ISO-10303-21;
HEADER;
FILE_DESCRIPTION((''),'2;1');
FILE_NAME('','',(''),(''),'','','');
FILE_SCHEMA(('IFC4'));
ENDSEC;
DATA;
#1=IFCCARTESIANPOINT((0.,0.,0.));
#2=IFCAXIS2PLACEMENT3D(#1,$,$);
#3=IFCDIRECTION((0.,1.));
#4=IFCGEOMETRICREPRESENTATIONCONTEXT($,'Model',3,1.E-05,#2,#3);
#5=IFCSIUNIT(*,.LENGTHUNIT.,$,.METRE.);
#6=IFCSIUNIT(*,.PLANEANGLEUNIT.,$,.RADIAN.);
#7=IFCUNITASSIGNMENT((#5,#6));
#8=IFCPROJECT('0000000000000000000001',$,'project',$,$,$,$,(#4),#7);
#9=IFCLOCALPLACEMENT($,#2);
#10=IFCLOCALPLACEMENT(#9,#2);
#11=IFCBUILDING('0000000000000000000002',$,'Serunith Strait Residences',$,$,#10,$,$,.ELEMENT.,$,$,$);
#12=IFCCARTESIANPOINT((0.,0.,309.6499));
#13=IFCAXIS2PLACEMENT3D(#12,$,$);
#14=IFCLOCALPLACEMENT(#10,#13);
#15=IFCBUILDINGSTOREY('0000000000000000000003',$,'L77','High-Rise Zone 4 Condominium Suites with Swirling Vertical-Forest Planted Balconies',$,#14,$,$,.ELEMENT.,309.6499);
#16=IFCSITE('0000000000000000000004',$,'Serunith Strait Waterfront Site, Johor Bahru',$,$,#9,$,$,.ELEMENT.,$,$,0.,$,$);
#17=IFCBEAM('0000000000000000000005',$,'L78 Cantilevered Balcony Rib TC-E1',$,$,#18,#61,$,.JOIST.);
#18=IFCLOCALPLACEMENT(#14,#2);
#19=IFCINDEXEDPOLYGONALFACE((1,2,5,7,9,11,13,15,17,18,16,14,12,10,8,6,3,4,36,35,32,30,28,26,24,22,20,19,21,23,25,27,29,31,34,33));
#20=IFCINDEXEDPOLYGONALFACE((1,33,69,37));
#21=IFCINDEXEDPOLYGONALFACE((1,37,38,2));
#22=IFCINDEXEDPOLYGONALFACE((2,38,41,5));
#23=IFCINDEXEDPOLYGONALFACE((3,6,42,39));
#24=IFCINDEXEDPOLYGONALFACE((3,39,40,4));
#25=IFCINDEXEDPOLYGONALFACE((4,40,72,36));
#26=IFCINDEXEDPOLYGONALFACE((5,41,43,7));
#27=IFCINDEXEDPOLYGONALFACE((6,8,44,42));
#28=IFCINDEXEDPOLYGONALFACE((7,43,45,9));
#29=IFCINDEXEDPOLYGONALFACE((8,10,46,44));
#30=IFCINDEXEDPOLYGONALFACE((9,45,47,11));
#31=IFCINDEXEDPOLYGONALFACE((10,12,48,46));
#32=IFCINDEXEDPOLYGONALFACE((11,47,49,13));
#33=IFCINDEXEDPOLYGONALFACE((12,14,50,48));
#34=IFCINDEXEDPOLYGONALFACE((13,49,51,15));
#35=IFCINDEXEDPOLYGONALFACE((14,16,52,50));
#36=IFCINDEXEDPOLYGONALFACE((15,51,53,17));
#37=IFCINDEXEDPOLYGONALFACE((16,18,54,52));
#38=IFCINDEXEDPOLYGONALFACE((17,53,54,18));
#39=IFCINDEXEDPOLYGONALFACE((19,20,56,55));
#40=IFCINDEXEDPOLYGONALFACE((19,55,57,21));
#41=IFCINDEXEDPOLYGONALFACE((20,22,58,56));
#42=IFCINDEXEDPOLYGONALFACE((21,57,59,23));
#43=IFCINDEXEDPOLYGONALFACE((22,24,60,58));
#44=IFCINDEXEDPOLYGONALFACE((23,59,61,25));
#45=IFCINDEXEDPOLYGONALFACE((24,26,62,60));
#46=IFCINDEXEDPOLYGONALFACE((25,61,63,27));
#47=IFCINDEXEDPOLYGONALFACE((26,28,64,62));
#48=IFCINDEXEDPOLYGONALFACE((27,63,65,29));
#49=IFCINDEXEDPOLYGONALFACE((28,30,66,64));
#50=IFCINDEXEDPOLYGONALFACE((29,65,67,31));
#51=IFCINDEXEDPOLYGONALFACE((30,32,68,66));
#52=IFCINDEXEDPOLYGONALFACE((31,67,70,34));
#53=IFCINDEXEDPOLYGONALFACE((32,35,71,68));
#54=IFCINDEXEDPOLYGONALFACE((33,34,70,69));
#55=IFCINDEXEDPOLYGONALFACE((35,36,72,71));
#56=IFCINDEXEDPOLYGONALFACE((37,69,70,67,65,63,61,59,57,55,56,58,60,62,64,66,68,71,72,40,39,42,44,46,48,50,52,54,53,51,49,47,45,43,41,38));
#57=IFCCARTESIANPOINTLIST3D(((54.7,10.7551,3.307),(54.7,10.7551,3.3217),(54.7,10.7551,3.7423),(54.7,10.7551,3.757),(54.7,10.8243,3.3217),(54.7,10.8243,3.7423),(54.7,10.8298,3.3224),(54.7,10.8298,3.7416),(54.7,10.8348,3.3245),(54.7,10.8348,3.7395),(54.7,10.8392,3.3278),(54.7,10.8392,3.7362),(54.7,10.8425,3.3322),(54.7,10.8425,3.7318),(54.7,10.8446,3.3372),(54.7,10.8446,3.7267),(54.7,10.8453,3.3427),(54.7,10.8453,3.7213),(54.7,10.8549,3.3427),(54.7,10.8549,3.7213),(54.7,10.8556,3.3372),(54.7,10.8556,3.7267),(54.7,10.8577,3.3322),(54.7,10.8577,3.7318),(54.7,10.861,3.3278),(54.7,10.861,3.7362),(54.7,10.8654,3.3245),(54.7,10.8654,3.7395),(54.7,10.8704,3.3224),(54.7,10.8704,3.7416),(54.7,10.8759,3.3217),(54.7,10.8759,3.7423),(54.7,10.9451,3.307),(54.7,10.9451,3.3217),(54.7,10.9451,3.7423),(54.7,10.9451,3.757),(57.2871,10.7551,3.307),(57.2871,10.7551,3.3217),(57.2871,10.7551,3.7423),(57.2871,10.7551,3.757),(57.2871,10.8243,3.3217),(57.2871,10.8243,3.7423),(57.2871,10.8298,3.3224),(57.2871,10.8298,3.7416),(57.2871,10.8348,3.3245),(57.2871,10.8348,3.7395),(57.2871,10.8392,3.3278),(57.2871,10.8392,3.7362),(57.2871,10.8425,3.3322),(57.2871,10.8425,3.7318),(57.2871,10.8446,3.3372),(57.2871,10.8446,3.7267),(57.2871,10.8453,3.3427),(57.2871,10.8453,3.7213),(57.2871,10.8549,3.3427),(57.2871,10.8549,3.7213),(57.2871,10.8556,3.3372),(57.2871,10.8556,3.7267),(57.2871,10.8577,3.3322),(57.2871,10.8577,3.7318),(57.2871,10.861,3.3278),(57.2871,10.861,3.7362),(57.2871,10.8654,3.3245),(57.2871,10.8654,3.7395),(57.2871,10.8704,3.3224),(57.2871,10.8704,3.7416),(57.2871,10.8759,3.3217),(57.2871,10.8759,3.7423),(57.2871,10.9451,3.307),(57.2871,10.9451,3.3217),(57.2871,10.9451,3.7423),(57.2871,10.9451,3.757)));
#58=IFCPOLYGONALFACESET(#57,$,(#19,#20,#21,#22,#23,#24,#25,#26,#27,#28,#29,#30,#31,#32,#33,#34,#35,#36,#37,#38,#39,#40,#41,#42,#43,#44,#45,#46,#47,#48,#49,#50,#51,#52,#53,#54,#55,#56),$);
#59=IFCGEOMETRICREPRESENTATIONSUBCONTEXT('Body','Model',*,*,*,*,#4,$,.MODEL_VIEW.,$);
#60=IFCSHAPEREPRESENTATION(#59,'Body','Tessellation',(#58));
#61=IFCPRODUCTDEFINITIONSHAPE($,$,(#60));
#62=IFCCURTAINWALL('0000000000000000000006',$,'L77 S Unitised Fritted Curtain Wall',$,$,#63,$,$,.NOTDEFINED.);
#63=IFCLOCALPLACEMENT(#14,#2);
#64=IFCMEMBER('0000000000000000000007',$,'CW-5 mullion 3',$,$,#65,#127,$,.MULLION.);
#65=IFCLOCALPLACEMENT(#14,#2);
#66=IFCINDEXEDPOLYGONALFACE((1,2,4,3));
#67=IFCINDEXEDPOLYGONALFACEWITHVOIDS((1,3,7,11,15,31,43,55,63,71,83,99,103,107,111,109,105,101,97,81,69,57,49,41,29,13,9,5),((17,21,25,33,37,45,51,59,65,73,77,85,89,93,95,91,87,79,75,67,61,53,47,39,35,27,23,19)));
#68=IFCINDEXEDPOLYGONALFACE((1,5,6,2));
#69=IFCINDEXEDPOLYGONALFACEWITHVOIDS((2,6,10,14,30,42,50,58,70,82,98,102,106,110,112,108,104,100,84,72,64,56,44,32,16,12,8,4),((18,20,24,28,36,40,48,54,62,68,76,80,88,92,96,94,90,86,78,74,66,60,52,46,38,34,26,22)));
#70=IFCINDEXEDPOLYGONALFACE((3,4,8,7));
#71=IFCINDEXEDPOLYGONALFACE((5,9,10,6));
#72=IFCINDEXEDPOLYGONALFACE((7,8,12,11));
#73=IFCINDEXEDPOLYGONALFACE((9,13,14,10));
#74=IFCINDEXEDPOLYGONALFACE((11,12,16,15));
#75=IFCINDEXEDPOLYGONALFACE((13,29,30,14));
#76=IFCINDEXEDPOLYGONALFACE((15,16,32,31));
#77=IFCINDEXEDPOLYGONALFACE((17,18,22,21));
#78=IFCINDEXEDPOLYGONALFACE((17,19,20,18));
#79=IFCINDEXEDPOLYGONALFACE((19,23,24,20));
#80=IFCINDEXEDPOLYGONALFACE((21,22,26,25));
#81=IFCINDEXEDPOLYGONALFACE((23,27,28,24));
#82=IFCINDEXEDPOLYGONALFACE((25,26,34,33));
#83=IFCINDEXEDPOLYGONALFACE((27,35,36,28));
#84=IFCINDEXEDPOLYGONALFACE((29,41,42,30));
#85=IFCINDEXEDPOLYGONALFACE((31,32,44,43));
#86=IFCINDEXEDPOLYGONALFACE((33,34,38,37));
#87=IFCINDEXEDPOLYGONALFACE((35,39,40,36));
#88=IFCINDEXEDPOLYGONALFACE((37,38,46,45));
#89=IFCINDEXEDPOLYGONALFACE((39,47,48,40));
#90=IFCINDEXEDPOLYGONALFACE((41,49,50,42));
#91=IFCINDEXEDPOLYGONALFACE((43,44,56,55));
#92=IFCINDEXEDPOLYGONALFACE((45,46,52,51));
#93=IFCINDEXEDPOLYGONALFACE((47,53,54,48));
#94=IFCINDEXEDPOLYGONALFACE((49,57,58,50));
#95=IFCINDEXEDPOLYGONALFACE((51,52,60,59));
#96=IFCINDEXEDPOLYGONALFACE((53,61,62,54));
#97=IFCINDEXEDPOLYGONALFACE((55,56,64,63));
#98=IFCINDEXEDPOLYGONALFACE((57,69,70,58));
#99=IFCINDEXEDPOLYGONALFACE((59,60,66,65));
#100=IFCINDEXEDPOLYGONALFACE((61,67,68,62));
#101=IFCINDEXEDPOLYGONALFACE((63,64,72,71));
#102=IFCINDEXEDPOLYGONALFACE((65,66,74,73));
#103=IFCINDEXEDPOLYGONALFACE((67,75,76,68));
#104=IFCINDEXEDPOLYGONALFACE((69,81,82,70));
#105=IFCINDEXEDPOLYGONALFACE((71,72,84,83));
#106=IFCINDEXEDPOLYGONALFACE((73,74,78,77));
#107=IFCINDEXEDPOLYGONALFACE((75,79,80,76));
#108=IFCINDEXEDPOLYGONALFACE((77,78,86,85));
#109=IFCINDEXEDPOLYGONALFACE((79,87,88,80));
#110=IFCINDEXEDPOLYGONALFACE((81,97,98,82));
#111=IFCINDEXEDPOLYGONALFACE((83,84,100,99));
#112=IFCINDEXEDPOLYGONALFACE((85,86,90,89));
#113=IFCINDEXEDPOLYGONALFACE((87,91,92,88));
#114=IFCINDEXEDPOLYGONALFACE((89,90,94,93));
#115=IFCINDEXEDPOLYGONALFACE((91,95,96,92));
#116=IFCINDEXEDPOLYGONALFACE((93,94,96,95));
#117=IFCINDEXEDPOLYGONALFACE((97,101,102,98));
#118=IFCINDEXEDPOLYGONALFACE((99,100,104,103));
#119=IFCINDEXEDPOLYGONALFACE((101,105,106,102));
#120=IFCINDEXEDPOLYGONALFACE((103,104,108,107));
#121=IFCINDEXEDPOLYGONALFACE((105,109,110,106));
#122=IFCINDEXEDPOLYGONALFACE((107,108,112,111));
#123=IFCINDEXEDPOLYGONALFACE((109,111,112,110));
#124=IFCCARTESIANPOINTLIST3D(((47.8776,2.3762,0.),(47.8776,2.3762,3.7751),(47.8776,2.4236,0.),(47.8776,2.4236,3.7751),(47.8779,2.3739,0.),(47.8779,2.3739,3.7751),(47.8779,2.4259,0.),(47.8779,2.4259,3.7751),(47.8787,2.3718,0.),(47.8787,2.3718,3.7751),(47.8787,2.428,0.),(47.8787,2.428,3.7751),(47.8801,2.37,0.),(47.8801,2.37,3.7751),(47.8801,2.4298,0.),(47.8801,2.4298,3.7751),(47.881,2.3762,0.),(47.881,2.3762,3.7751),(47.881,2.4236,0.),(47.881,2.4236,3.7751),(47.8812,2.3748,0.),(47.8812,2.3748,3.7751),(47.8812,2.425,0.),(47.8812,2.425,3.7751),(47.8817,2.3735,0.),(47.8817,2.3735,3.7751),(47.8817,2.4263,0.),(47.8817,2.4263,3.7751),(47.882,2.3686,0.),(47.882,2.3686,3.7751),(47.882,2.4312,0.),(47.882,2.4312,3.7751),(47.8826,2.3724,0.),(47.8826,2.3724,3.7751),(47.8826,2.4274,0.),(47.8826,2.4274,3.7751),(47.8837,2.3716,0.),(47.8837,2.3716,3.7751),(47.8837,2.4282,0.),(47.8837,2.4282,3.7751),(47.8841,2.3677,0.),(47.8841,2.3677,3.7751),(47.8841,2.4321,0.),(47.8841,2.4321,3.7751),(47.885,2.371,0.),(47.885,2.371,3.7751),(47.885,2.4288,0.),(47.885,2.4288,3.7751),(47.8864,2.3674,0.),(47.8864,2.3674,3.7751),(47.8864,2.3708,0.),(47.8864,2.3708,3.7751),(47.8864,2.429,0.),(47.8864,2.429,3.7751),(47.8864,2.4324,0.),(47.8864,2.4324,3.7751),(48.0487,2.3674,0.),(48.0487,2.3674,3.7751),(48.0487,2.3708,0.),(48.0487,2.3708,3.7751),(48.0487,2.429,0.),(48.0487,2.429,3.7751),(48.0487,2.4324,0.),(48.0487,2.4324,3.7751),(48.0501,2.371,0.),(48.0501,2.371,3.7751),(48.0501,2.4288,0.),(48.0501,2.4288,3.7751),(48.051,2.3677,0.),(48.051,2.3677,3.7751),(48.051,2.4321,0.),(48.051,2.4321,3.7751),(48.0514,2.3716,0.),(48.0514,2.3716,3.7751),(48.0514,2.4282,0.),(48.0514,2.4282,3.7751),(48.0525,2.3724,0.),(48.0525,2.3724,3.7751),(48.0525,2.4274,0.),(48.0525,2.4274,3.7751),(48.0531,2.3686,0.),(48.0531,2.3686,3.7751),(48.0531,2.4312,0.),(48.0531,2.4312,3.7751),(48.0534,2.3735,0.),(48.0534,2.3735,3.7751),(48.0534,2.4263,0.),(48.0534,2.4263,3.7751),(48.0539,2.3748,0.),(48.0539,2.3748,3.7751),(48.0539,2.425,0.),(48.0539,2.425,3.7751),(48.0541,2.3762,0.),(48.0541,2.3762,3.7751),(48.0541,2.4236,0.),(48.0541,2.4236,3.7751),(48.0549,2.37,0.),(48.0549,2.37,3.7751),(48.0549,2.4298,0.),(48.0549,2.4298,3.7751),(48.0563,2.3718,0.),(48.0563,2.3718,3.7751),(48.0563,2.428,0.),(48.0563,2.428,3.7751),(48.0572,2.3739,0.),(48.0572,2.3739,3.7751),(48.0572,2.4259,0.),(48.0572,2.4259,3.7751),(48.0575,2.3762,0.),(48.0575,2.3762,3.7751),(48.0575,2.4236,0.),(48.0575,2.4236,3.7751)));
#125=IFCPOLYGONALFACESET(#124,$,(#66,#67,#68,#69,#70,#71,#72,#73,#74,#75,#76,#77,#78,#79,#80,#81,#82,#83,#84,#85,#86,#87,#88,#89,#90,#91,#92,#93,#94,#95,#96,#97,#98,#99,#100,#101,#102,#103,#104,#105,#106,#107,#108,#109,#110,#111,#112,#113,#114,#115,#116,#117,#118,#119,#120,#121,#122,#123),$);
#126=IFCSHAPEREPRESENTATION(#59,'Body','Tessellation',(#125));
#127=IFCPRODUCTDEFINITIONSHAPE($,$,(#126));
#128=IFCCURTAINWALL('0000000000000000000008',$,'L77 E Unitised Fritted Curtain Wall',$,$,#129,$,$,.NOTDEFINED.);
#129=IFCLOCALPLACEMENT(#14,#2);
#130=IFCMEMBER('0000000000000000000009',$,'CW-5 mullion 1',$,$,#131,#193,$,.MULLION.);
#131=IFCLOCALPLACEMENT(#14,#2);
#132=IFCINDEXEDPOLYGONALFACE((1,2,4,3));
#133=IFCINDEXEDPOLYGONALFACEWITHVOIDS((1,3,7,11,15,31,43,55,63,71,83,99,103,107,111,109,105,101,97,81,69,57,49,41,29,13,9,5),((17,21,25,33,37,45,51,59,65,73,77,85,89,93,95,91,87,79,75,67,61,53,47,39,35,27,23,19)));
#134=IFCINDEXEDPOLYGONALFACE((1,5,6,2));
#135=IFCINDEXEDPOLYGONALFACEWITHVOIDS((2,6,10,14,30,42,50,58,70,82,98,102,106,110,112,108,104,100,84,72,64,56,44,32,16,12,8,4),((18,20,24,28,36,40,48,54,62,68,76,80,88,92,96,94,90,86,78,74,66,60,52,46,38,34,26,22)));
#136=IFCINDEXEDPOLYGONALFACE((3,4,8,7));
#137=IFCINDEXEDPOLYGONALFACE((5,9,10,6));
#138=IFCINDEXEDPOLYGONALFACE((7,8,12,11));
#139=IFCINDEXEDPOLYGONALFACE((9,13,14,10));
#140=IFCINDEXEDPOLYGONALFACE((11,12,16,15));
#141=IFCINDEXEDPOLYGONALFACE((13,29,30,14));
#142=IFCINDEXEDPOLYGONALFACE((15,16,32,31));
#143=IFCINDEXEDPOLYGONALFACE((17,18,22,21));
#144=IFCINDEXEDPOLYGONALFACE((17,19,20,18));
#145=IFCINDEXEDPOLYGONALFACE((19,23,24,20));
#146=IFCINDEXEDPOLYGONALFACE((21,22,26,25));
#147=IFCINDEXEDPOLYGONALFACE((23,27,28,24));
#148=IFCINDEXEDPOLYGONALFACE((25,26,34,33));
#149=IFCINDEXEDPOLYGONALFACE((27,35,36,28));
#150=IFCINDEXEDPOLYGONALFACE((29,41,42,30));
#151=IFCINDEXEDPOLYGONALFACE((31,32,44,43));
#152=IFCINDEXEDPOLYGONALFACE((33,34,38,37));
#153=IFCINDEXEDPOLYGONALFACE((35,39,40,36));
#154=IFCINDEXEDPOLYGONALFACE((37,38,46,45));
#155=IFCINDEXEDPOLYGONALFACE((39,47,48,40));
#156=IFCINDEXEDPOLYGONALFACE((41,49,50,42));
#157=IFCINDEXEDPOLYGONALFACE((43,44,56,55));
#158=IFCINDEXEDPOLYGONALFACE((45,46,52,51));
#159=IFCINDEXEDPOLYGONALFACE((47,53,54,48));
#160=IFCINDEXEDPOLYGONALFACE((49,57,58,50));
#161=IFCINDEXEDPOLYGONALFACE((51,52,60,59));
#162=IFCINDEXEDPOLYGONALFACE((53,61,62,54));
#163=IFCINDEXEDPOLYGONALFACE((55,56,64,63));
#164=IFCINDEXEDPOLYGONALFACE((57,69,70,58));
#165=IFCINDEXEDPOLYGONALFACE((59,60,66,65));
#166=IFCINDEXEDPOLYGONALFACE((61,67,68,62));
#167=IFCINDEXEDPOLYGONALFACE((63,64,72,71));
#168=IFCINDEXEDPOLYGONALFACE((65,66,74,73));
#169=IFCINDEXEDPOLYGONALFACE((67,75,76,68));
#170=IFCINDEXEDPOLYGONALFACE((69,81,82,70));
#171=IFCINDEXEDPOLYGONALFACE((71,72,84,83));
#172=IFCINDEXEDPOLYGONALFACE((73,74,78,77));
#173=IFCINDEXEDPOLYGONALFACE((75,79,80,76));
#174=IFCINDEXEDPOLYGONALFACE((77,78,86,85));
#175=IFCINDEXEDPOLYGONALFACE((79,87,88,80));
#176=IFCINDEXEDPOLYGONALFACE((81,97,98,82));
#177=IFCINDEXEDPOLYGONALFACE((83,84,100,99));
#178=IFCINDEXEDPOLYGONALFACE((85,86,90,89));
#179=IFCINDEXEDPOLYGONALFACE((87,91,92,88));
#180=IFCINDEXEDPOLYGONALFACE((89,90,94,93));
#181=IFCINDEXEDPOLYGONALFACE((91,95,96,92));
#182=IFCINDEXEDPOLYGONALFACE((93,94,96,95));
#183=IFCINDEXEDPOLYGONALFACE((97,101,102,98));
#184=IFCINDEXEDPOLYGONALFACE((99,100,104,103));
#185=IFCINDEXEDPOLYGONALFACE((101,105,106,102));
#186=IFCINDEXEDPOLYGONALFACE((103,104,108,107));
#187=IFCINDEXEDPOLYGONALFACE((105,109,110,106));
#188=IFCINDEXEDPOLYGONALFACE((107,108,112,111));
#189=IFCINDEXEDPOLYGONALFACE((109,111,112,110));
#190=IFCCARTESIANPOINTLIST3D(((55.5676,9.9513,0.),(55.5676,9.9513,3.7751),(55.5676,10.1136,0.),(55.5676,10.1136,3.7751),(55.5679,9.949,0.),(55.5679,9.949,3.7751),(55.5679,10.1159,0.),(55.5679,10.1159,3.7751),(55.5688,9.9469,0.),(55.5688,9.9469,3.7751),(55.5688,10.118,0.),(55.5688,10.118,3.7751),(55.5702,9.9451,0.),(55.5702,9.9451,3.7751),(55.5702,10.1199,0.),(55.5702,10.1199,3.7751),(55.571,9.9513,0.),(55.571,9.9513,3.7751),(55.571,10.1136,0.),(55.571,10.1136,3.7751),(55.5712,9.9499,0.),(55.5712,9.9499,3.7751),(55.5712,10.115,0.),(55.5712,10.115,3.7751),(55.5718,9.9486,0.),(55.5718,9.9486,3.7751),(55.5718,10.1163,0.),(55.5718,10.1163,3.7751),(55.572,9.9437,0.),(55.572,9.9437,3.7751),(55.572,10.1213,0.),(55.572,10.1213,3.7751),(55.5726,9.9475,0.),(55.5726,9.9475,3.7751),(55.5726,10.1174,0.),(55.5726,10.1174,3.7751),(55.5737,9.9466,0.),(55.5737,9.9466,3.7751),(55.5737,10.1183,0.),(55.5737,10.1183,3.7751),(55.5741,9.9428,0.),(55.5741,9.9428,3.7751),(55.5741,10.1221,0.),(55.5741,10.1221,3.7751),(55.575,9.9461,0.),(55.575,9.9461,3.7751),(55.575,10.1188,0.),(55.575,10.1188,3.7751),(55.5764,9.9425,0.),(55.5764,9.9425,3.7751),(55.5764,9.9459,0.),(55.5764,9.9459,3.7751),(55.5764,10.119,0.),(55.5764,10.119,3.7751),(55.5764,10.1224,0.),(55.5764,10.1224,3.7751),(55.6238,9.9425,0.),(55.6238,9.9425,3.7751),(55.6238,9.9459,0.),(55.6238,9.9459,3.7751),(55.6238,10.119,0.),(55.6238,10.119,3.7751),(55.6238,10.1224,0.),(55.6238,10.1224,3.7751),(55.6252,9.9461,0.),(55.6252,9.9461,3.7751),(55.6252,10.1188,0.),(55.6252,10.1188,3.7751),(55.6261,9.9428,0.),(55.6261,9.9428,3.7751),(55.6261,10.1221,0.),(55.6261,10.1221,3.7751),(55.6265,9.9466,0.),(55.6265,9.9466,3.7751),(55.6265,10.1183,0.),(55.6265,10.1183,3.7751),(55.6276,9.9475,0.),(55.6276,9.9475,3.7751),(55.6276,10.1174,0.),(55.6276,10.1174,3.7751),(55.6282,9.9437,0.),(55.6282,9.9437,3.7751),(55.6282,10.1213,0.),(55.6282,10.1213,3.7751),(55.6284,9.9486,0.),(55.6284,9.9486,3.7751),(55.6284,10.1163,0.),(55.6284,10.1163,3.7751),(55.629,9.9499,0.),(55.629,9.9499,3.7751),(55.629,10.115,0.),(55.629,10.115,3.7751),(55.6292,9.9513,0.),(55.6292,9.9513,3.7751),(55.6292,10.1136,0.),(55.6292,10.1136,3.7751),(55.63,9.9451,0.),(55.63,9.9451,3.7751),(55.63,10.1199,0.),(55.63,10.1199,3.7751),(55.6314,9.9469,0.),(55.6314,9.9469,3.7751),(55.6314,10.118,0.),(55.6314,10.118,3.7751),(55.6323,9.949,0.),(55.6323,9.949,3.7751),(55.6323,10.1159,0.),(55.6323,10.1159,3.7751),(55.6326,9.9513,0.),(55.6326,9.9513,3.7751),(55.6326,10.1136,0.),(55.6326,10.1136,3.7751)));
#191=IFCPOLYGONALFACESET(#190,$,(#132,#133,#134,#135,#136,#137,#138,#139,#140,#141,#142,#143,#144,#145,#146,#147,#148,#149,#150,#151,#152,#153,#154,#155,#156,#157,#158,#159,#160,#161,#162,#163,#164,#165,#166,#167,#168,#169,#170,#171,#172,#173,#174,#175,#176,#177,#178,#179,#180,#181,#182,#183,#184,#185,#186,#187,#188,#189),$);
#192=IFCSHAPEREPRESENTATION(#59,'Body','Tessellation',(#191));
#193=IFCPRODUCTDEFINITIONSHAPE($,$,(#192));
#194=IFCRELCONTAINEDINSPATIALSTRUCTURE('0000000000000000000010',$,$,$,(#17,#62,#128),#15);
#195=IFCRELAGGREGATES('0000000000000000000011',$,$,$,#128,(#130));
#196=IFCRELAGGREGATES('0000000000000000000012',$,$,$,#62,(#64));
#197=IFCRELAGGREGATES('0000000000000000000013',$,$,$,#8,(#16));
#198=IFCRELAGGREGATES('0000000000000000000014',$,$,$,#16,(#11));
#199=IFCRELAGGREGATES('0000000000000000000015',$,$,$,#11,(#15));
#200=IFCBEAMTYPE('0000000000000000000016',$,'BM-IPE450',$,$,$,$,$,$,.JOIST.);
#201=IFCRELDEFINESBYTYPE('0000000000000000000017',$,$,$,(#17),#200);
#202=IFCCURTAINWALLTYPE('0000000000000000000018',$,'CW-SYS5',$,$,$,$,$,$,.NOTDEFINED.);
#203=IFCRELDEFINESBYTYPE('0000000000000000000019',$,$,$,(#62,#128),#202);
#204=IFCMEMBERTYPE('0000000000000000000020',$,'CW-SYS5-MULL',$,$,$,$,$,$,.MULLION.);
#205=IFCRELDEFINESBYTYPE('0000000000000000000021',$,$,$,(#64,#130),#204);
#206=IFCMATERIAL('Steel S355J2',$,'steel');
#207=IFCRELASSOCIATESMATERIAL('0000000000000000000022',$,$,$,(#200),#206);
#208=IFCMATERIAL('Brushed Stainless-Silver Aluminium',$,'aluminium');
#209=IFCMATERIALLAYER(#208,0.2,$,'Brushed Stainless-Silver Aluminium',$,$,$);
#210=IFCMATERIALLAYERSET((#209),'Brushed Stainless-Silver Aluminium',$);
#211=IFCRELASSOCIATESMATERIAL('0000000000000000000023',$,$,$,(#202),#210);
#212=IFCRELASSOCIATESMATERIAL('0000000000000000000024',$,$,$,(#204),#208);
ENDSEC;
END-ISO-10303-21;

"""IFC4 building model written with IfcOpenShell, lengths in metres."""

from ifc_helpers import new_model, si_unit, direction, frame, origin, origin_2d, place, context, subcontext, project, spatial, hollow_rectangle, i_section, extrude, source, transform, mapped, material, layer, layer_set, material_profile, profile_set, type_object, element, aggregate, save


model = new_model("IFC4")

# Units and contexts
model_context = context("Model", 3, precision=1e-05, world=origin(), true_north=direction((0.0, 1.0)))
body_context = subcontext(model_context, "Body", "Model", "MODEL_VIEW")
ifc_project = project(units=[si_unit("LENGTHUNIT", "METRE"), si_unit("PLANEANGLEUNIT", "RADIAN")], contexts=[model_context])

# Site, building, storey
site_placement = place(None, origin())
site = spatial("IfcSite", under=ifc_project, at=site_placement, Name="Serunith Strait Waterfront Site, Johor Bahru", CompositionType="ELEMENT", RefElevation=0.0)
building_placement = place(site_placement, origin())
building = spatial("IfcBuilding", under=site, at=building_placement, Name="Serunith Strait Residences", CompositionType="ELEMENT")
storey_placement = place(building_placement, frame((0.0, 0.0, 309.6499)))
storey = spatial("IfcBuildingStorey", under=building, at=storey_placement, Name="L77", Description="High-Rise Zone 4 Condominium Suites with Swirling Vertical-Forest Planted Balconies", CompositionType="ELEMENT", Elevation=309.6499)

# Beam
ifc_material_1 = material(Name="Steel S355J2", Category="steel")
ifc_material_profile_1 = material_profile(ifc_material_1, i_section(OverallWidth=0.1899, OverallDepth=0.45, WebThickness=0.0095, FlangeThickness=0.0146, FilletRadius=0.021, at=origin_2d()), Name="IPE 450")
ifc_profile_set_1 = profile_set([ifc_material_profile_1], Name="Steel S355J2")
beam_type_1 = type_object("IfcBeamType", Name="BM-IPE450", PredefinedType="JOIST", material=ifc_profile_set_1)
shared_shape_1 = source(origin(), body_context, "Body", "SweptSolid", [
    extrude(i_section(OverallWidth=0.1899, OverallDepth=0.45, WebThickness=0.0095, FlangeThickness=0.0146, FilletRadius=0.021, at=origin_2d()), origin(), (0.0, 0.0, 1.0), 2.5872),
])
beam_1_placement = place(storey_placement, frame((54.7, 10.8501, 3.532), z_axis=(1.0, 0.0, 0.0), x_axis=(0.0, 1.0, 0.0)))
element("IfcBeam", 1, at=beam_1_placement, inside=storey, type_object=beam_type_1, Name="L78 Cantilevered Balcony Rib TC-E1", PredefinedType="JOIST", context=body_context, shape_type="MappedRepresentation", body=[
    mapped(shared_shape_1, transform((0.0, 0.0, 0.0), scale=1.0)),
])

# Curtain wall, member
ifc_material_2 = material(Name="Brushed Stainless-Silver Aluminium", Category="aluminium")
ifc_layer_1 = layer(ifc_material_2, 0.2, Name="Brushed Stainless-Silver Aluminium")
ifc_layer_set_1 = layer_set([ifc_layer_1], Name="Brushed Stainless-Silver Aluminium")
curtain_wall_type = type_object("IfcCurtainWallType", Name="CW-SYS5", PredefinedType="NOTDEFINED", material=ifc_layer_set_1)
curtain_wall_1_placement = place(storey_placement, origin())
curtain_wall_1 = element("IfcCurtainWall", 2, at=curtain_wall_1_placement, inside=storey, type_object=curtain_wall_type, Name="L77 S Unitised Fritted Curtain Wall", PredefinedType="NOTDEFINED")
ifc_material_profile_2 = material_profile(ifc_material_2, hollow_rectangle(XDim=0.0649, YDim=0.1799, WallThickness=0.0034, InnerFilletRadius=0.0054, OuterFilletRadius=0.0088, at=origin_2d()), Name="ALU 180x65x3.5")
ifc_profile_set_2 = profile_set([ifc_material_profile_2], Name="Brushed Stainless-Silver Aluminium")
member_type_1 = type_object("IfcMemberType", Name="CW-SYS5-MULL", PredefinedType="MULLION", material=ifc_profile_set_2)
shared_shape_2 = source(origin(), body_context, "Body", "SweptSolid", [
    extrude(hollow_rectangle(XDim=0.0649, YDim=0.1799, WallThickness=0.0034, InnerFilletRadius=0.0054, OuterFilletRadius=0.0088, at=origin_2d()), origin(), (0.0, 0.0, 1.0), 3.7751),
])
member_1_placement = place(storey_placement, frame((47.9675, 2.3999, 0.0), z_axis=(0.0, 0.0, 1.0), x_axis=(0.0, 1.0, 0.0)))
member_1 = element("IfcMember", 3, at=member_1_placement, type_object=member_type_1, Name="CW-5 mullion 3", PredefinedType="MULLION", context=body_context, shape_type="MappedRepresentation", body=[
    mapped(shared_shape_2, transform((0.0, 0.0, 0.0), scale=1.0)),
])

# Curtain wall, member
curtain_wall_2_placement = place(storey_placement, origin())
curtain_wall_2 = element("IfcCurtainWall", 4, at=curtain_wall_2_placement, inside=storey, type_object=curtain_wall_type, Name="L77 E Unitised Fritted Curtain Wall", PredefinedType="NOTDEFINED")
member_2_placement = place(storey_placement, frame((55.6001, 10.0325, 0.0), z_axis=(0.0, 0.0, 1.0), x_axis=(-1.0, 0.0, 0.0)))
member_2 = element("IfcMember", 5, at=member_2_placement, type_object=member_type_1, Name="CW-5 mullion 1", PredefinedType="MULLION", context=body_context, shape_type="MappedRepresentation", body=[
    mapped(shared_shape_2, transform((0.0, 0.0, 0.0), scale=1.0)),
])
aggregate(curtain_wall_2, [member_2])

aggregate(curtain_wall_1, [member_1])

save(model, "model.ifc")
